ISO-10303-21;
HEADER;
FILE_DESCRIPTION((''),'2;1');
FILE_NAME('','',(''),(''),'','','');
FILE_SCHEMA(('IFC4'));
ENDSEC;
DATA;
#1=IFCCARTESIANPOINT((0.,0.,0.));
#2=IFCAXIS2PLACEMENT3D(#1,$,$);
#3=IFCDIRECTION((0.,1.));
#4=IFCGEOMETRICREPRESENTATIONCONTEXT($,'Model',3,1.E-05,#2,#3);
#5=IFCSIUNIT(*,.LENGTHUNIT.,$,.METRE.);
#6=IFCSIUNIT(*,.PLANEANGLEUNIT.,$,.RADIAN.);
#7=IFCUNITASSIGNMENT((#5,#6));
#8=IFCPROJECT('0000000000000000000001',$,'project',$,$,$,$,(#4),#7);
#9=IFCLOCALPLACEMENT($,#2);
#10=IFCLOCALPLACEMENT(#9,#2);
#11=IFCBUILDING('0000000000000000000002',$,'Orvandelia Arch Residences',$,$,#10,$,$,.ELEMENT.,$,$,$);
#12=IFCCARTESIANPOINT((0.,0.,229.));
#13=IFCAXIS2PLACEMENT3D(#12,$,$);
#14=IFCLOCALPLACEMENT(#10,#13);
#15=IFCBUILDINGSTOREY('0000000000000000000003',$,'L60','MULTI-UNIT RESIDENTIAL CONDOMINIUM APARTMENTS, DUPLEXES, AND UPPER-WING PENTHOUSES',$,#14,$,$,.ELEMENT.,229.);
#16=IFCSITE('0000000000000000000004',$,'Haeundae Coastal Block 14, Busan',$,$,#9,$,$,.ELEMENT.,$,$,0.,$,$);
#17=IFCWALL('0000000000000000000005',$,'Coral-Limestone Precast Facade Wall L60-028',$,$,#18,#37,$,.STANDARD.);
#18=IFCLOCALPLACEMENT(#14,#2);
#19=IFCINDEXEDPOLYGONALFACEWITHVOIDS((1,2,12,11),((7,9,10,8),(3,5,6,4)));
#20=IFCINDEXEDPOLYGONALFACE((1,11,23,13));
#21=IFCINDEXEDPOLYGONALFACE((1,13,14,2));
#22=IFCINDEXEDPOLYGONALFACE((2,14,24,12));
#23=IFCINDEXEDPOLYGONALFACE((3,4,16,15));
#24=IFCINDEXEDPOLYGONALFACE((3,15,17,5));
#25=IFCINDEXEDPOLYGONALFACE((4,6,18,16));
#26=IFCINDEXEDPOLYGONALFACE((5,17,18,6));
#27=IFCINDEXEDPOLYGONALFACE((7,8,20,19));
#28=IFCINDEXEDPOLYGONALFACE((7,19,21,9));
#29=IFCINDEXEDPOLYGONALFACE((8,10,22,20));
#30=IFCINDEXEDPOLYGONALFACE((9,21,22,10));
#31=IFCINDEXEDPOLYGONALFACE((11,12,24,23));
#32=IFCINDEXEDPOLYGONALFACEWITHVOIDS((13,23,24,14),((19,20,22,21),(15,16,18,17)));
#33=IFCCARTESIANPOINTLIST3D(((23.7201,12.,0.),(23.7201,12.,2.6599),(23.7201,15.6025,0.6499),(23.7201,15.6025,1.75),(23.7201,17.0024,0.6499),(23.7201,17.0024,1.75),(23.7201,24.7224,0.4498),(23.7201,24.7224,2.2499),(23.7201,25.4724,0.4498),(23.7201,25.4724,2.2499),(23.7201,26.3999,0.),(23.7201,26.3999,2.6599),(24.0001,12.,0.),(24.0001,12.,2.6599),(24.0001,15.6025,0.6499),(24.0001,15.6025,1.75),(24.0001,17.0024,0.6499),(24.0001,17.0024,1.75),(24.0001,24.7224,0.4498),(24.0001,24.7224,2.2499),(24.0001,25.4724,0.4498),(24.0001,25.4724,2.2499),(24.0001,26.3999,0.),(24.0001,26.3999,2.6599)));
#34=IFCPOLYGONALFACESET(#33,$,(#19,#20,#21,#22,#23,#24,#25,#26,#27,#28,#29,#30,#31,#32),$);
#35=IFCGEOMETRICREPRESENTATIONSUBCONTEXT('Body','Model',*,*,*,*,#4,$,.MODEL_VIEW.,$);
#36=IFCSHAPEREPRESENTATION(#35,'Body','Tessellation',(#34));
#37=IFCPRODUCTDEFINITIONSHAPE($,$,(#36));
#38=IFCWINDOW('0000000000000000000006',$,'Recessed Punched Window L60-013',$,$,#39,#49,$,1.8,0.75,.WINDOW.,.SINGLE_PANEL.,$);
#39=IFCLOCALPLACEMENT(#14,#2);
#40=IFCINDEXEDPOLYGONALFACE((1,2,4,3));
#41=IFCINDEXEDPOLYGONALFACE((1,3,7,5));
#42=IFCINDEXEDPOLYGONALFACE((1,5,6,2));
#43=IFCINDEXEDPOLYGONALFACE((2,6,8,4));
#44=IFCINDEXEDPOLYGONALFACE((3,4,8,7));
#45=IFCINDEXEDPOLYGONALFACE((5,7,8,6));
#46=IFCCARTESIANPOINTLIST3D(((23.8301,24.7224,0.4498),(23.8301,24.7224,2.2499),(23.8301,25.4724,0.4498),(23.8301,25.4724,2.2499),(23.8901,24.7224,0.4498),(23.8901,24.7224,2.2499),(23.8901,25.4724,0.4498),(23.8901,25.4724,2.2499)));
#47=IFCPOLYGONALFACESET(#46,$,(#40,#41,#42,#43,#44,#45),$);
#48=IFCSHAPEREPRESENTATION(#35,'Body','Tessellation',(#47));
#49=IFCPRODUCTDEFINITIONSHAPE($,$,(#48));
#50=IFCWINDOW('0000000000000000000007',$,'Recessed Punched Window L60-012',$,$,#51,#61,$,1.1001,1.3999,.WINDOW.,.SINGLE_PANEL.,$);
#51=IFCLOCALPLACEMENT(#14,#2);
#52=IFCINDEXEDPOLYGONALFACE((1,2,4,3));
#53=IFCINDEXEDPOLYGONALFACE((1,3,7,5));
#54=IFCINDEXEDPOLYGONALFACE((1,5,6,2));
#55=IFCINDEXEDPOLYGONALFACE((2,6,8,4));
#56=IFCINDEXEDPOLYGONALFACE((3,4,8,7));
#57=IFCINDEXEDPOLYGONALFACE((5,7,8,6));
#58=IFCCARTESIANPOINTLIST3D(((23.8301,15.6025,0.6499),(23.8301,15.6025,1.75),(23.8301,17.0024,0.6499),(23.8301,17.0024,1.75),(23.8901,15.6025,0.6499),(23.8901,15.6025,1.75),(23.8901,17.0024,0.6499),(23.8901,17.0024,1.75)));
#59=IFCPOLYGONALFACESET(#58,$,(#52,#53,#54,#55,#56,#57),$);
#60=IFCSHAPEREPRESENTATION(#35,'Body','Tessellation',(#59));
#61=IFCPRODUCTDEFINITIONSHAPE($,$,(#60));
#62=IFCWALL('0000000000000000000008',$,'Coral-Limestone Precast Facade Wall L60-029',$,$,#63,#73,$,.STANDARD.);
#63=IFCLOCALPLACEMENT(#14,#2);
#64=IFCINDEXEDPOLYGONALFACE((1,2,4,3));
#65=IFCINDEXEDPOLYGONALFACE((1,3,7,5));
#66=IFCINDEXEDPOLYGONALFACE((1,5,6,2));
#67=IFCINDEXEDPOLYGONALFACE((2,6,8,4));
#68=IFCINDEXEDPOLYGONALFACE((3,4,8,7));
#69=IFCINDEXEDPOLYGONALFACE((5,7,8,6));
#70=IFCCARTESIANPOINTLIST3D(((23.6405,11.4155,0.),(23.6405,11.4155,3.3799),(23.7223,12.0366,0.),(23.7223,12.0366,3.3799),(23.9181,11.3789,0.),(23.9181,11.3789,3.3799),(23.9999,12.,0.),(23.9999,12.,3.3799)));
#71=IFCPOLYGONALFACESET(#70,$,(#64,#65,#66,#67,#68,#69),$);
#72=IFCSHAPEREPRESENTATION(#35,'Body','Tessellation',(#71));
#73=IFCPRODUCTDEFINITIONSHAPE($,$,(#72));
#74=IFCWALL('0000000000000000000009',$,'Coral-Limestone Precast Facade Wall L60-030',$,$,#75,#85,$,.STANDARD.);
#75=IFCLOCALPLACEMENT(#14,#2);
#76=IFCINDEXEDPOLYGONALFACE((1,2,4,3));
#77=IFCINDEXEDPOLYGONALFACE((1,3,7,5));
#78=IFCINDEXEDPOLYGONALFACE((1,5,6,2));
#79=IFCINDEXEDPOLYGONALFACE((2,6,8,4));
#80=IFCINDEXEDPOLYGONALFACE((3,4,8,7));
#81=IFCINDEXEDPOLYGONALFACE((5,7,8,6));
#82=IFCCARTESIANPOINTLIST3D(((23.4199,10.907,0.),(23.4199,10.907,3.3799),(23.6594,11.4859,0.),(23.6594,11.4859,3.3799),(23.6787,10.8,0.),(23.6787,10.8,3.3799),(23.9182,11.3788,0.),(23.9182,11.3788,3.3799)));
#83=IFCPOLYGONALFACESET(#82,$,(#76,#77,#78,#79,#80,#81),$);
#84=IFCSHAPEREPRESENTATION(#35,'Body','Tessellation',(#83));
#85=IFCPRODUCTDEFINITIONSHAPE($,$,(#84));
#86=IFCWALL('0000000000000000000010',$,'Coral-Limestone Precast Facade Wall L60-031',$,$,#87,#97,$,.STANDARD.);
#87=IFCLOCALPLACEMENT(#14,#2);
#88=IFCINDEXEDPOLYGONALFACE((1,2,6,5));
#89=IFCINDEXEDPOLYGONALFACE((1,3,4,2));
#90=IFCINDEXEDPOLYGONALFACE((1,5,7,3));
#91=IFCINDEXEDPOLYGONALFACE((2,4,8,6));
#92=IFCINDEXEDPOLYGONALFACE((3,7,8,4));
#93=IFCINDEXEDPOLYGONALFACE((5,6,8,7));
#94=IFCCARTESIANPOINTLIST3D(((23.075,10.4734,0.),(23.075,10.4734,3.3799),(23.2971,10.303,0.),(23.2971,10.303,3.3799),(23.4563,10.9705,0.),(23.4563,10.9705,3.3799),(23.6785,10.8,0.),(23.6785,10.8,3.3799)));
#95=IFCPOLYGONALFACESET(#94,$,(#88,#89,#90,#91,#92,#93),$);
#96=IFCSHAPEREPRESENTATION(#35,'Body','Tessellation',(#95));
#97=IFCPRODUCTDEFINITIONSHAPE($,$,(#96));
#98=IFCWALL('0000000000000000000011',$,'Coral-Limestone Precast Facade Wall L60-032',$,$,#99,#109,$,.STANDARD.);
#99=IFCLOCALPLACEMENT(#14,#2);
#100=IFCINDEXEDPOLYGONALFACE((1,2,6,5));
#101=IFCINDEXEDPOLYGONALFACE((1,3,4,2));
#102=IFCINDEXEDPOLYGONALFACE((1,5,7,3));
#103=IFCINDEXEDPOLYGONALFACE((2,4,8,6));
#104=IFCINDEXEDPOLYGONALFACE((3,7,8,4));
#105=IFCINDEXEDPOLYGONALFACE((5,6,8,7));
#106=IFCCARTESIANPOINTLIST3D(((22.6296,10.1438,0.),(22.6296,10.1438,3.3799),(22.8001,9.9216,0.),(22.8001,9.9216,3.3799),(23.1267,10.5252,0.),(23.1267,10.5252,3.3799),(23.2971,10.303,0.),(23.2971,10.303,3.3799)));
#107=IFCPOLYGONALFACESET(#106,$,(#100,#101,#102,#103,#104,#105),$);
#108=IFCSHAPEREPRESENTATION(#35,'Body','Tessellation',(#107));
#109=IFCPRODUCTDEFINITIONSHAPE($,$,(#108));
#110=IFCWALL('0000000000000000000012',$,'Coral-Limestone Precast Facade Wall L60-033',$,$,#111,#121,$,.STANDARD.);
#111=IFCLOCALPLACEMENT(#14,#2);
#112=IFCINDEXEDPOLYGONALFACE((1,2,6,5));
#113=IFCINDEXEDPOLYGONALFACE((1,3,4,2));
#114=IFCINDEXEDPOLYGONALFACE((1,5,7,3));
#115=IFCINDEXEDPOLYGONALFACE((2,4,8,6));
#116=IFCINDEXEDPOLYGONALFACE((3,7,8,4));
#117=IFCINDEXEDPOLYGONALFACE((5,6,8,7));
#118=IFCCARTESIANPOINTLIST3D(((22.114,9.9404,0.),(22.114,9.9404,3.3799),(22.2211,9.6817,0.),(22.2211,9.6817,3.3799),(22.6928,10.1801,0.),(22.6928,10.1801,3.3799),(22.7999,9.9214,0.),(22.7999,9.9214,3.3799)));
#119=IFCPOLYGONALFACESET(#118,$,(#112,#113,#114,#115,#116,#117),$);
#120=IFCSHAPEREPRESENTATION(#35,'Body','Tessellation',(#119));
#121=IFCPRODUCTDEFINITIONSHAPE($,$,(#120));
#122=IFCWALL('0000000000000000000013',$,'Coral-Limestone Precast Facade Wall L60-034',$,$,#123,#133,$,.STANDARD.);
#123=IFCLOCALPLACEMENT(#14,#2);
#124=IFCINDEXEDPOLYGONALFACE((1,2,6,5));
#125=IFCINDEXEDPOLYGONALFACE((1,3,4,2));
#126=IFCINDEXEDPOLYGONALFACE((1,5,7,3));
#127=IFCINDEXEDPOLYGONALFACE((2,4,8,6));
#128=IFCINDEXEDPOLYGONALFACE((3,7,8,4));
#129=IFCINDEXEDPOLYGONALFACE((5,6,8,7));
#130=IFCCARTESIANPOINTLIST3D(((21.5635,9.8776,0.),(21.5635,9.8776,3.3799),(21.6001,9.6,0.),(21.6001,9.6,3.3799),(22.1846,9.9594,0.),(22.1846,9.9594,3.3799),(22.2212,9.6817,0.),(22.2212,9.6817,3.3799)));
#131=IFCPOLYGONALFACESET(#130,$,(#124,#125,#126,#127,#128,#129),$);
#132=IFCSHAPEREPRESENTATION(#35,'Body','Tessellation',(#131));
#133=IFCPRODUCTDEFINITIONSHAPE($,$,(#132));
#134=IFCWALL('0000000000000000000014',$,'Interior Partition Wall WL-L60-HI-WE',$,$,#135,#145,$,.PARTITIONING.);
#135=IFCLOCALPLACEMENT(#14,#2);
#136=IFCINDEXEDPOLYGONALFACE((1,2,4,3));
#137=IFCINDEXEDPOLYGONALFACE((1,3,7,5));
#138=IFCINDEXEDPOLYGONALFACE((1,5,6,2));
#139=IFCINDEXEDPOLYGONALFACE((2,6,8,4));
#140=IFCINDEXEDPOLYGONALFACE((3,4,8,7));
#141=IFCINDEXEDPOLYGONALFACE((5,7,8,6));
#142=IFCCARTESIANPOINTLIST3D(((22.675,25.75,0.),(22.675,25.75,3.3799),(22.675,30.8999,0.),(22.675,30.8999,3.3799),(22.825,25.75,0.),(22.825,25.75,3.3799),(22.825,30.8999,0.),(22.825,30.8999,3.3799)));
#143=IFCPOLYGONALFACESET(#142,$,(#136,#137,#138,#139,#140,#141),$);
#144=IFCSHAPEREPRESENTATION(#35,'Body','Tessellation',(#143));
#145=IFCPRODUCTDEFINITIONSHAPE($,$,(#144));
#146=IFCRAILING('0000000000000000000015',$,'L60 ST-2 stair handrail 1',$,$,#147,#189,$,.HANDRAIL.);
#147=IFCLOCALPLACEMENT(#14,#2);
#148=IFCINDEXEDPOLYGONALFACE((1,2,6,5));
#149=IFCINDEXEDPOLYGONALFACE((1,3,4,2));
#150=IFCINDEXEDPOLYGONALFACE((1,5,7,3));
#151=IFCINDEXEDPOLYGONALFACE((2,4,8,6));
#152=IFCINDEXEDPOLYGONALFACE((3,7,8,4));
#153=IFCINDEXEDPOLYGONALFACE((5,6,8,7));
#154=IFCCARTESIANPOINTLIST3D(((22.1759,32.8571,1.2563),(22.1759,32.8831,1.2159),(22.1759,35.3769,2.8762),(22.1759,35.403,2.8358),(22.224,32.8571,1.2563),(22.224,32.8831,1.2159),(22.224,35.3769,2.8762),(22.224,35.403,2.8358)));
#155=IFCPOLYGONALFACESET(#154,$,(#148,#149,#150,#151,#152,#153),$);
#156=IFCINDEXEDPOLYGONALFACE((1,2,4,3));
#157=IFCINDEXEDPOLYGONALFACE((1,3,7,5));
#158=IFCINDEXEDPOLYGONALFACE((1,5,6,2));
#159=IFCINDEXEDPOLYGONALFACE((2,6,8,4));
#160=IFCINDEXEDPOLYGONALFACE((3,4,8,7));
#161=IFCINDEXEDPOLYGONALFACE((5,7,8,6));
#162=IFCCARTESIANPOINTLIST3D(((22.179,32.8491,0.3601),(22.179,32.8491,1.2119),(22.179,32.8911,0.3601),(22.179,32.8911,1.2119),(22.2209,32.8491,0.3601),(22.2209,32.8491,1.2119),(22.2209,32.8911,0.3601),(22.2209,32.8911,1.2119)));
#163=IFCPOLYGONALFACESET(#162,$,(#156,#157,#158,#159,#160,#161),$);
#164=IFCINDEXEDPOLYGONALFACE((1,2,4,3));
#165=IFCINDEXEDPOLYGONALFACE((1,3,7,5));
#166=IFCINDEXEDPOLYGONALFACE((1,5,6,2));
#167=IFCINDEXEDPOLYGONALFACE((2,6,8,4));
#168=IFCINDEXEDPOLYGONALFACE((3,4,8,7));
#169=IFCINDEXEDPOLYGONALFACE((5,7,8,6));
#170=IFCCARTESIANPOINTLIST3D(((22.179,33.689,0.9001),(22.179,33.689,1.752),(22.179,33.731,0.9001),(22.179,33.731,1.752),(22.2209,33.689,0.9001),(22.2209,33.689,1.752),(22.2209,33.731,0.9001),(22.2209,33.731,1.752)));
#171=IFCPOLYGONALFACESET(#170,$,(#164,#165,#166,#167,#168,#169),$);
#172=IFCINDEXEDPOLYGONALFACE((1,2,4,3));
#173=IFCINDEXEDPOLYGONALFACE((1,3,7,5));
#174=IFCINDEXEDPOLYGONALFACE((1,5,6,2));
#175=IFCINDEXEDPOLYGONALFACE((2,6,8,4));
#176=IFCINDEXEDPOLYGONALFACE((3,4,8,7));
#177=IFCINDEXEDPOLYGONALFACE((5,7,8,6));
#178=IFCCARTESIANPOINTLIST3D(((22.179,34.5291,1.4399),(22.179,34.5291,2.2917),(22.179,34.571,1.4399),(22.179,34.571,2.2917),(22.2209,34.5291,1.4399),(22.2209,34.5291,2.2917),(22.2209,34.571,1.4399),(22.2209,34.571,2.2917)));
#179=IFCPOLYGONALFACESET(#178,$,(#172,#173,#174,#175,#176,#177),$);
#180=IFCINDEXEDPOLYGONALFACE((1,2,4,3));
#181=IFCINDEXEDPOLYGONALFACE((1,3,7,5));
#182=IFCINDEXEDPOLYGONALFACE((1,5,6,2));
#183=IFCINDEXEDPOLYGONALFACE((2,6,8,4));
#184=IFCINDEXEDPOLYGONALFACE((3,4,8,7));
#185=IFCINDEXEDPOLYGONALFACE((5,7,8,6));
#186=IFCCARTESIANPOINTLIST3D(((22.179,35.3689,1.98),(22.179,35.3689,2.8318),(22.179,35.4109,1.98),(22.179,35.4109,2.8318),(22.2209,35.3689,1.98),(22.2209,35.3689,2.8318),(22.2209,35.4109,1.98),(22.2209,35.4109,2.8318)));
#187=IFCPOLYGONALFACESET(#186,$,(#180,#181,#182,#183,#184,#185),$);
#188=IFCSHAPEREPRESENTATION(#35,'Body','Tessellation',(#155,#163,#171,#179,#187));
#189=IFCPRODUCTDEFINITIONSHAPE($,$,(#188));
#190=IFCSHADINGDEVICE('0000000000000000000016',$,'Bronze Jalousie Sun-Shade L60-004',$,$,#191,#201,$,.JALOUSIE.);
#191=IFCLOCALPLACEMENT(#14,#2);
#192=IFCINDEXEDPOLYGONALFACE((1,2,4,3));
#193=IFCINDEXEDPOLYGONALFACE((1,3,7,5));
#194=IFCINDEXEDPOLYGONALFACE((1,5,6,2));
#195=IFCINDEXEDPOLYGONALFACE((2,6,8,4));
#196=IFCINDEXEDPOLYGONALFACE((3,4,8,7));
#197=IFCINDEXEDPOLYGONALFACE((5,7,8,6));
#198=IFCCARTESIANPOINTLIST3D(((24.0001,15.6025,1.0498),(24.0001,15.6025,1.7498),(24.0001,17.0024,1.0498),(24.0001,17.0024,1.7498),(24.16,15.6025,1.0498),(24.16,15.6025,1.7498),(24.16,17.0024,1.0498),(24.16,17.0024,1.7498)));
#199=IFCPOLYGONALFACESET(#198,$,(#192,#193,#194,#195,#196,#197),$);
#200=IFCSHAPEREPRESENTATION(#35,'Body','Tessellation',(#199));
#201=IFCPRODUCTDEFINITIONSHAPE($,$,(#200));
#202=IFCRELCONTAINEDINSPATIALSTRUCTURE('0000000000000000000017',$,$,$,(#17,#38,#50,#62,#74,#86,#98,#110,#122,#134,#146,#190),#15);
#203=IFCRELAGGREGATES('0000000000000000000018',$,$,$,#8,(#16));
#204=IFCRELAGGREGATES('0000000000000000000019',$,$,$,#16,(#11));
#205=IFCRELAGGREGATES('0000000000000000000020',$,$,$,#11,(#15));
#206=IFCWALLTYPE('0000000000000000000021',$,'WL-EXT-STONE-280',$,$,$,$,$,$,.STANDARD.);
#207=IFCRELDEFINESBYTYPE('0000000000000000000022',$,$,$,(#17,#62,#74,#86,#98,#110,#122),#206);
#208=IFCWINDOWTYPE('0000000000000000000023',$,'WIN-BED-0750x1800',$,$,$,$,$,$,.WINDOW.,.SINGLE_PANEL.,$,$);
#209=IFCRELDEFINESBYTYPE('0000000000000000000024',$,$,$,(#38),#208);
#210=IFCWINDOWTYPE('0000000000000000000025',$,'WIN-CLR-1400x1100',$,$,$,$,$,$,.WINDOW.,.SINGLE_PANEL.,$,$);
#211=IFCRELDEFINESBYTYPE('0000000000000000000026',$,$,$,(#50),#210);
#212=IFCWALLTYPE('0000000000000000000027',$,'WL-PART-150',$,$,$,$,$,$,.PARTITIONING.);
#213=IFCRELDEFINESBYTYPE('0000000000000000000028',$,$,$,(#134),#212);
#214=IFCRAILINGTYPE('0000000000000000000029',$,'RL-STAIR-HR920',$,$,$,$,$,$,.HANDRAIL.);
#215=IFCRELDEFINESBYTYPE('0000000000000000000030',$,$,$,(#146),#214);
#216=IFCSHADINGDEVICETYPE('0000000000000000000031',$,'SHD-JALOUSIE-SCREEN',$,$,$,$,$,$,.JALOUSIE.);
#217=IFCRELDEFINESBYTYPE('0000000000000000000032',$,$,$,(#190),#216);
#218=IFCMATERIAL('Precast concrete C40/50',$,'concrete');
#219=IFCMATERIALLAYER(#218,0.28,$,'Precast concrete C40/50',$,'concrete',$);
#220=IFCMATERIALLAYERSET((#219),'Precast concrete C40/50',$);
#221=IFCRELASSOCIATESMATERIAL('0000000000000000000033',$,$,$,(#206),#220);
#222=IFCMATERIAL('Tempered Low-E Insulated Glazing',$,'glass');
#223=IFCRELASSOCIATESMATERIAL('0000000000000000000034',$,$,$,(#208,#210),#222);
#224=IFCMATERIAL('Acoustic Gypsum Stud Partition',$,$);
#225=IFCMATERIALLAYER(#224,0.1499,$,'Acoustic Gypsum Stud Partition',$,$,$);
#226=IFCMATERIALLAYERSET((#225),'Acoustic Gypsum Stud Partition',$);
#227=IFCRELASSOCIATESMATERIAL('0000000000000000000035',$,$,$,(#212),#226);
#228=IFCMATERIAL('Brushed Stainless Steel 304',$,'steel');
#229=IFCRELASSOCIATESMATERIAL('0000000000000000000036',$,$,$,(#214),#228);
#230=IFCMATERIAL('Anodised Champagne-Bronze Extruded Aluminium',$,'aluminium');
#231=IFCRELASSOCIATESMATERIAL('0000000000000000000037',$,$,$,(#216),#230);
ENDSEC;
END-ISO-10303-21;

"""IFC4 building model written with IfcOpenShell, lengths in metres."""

from ifc_helpers import new_model, si_unit, direction, frame, frame_2d, origin, origin_2d, place, context, subcontext, project, spatial, rectangle, extrude, material, layer, layer_set, type_object, element, fill, save


model = new_model("IFC4")

# Units and contexts
model_context = context("Model", 3, precision=1e-05, world=origin(), true_north=direction((0.0, 1.0)))
body_context = subcontext(model_context, "Body", "Model", "MODEL_VIEW")
ifc_project = project(units=[si_unit("LENGTHUNIT", "METRE"), si_unit("PLANEANGLEUNIT", "RADIAN")], contexts=[model_context])

# Site, building, storey
site_placement = place(None, origin())
site = spatial("IfcSite", under=ifc_project, at=site_placement, Name="Haeundae Coastal Block 14, Busan", CompositionType="ELEMENT", RefElevation=0.0)
building_placement = place(site_placement, origin())
building = spatial("IfcBuilding", under=site, at=building_placement, Name="Orvandelia Arch Residences", CompositionType="ELEMENT")
storey_placement = place(building_placement, frame((0.0, 0.0, 229.0)))
storey = spatial("IfcBuildingStorey", under=building, at=storey_placement, Name="L60", Description="MULTI-UNIT RESIDENTIAL CONDOMINIUM APARTMENTS, DUPLEXES, AND UPPER-WING PENTHOUSES", CompositionType="ELEMENT", Elevation=229.0)

# Shared definitions
ifc_material_1 = material(Name="Precast concrete C40/50", Category="concrete")
ifc_layer_1 = layer(ifc_material_1, 0.28, Name="Precast concrete C40/50", Category="concrete")
ifc_layer_set_1 = layer_set([ifc_layer_1], Name="Precast concrete C40/50")
wall_type_1 = type_object("IfcWallType", Name="WL-EXT-STONE-280", PredefinedType="STANDARD", material=ifc_layer_set_1)

# Wall, openings, windows
wall_1_placement = place(storey_placement, frame((23.8601, 26.3999, 0.0), z_axis=(0.0, 0.0, 1.0), x_axis=(0.0, -1.0, 0.0)))
wall_1 = element("IfcWall", 1, at=wall_1_placement, inside=storey, type_object=wall_type_1, Name="Coral-Limestone Precast Facade Wall L60-028", PredefinedType="STANDARD", context=body_context, shape_type="SweptSolid", body=[
    extrude(rectangle(XDim=14.3999, YDim=0.28, at=frame_2d((7.2, 0.0))), origin(), (0.0, 0.0, 1.0), 2.6599),
])
opening_1_placement = place(wall_1_placement, frame((9.3975, 0.0, 0.6499)))
opening_1 = element("IfcOpeningElement", 2, at=opening_1_placement, cuts=wall_1, PredefinedType="OPENING", context=body_context, shape_type="SweptSolid", body=[
    extrude(rectangle(XDim=1.3999, YDim=1.1001, at=frame_2d((0.7, 0.55))), frame((0.0, 0.1499, 0.0), z_axis=(0.0, -1.0, 0.0), x_axis=(1.0, 0.0, 0.0)), (0.0, 0.0, 1.0), 0.3),
])
opening_2_placement = place(wall_1_placement, frame((0.9275, 0.0, 0.45)))
opening_2 = element("IfcOpeningElement", 3, at=opening_2_placement, cuts=wall_1, PredefinedType="OPENING", context=body_context, shape_type="SweptSolid", body=[
    extrude(rectangle(XDim=0.75, YDim=1.8, at=frame_2d((0.375, 0.8999))), frame((0.0, 0.1499, 0.0), z_axis=(0.0, -1.0, 0.0), x_axis=(1.0, 0.0, 0.0)), (0.0, 0.0, 1.0), 0.3),
])
ifc_material_2 = material(Name="Tempered Low-E Insulated Glazing", Category="glass")
window_type_1 = type_object("IfcWindowType", Name="WIN-BED-0750x1800", PartitioningType="SINGLE_PANEL", PredefinedType="WINDOW", material=ifc_material_2)
window_1_placement = place(opening_2_placement, origin())
window_1 = element("IfcWindow", 4, at=window_1_placement, inside=storey, type_object=window_type_1, Name="Recessed Punched Window L60-013", OverallHeight=1.8, OverallWidth=0.75, PartitioningType="SINGLE_PANEL", PredefinedType="WINDOW", context=body_context, shape_type="SweptSolid", body=[
    extrude(rectangle(XDim=0.75, YDim=1.8, at=frame_2d((0.375, 0.8999))), frame((0.0, 0.03, 0.0), z_axis=(0.0, -1.0, 0.0), x_axis=(1.0, 0.0, 0.0)), (0.0, 0.0, 1.0), 0.0601),
])
fill(opening_2, window_1)
window_type_2 = type_object("IfcWindowType", Name="WIN-CLR-1400x1100", PartitioningType="SINGLE_PANEL", PredefinedType="WINDOW", material=ifc_material_2)
window_2_placement = place(opening_1_placement, origin())
window_2 = element("IfcWindow", 5, at=window_2_placement, inside=storey, type_object=window_type_2, Name="Recessed Punched Window L60-012", OverallHeight=1.1001, OverallWidth=1.3999, PartitioningType="SINGLE_PANEL", PredefinedType="WINDOW", context=body_context, shape_type="SweptSolid", body=[
    extrude(rectangle(XDim=1.3999, YDim=1.1001, at=frame_2d((0.7, 0.55))), frame((0.0, 0.03, 0.0), z_axis=(0.0, -1.0, 0.0), x_axis=(1.0, 0.0, 0.0)), (0.0, 0.0, 1.0), 0.0601),
])
fill(opening_1, window_2)

# Walls
for number, where, z_axis, x_axis, name in (
    (6, (23.8611, 12.0183, 0.0), (0.0, 0.0, 1.0), (-0.130555, -0.991441, 0.0), "Coral-Limestone Precast Facade Wall L60-029"),
    (7, (23.7888, 11.4324, 0.0), (0.0, 0.0, 1.0), (-0.382317, -0.924031, 0.0), "Coral-Limestone Precast Facade Wall L60-030"),
    (8, (23.5674, 10.8853, 0.0), (0.0, 0.0, 1.0), (-0.608693, -0.793406, 0.0), "Coral-Limestone Precast Facade Wall L60-031"),
    (9, (23.2119, 10.4141, 0.0), (0.0, 0.0, 1.0), (-0.793406, -0.608693, 0.0), "Coral-Limestone Precast Facade Wall L60-032"),
    (10, (22.7463, 10.0508, 0.0), (0.0, 0.0, 1.0), (-0.923893, -0.38265, 0.0), "Coral-Limestone Precast Facade Wall L60-033"),
    (11, (22.2029, 9.8206, 0.0), (0.0, 0.0, 1.0), (-0.991441, -0.130555, 0.0), "Coral-Limestone Precast Facade Wall L60-034"),
):
    element("IfcWall", number, at=place(storey_placement, frame(where, z_axis=z_axis, x_axis=x_axis)), inside=storey, type_object=wall_type_1, Name=name, PredefinedType="STANDARD", context=body_context, shape_type="SweptSolid", body=[
        extrude(rectangle(XDim=0.6265, YDim=0.28, at=frame_2d((0.3132, 0.0))), origin(), (0.0, 0.0, 1.0), 3.3799),
    ])
ifc_material_3 = material(Name="Acoustic Gypsum Stud Partition")
ifc_layer_2 = layer(ifc_material_3, 0.1499, Name="Acoustic Gypsum Stud Partition")
ifc_layer_set_2 = layer_set([ifc_layer_2], Name="Acoustic Gypsum Stud Partition")
wall_type_2 = type_object("IfcWallType", Name="WL-PART-150", PredefinedType="PARTITIONING", material=ifc_layer_set_2)
wall_2_placement = place(storey_placement, frame((22.75, 25.75, 0.0), z_axis=(0.0, 0.0, 1.0), x_axis=(0.0, 1.0, 0.0)))
element("IfcWall", 12, at=wall_2_placement, inside=storey, type_object=wall_type_2, Name="Interior Partition Wall WL-L60-HI-WE", PredefinedType="PARTITIONING", context=body_context, shape_type="SweptSolid", body=[
    extrude(rectangle(XDim=5.1499, YDim=0.1499, at=frame_2d((2.575, 0.0))), origin(), (0.0, 0.0, 1.0), 3.3799),
])

# Railing
ifc_material_4 = material(Name="Brushed Stainless Steel 304", Category="steel")
railing_type = type_object("IfcRailingType", Name="RL-STAIR-HR920", PredefinedType="HANDRAIL", material=ifc_material_4)
railing_placement = place(storey_placement, frame((22.2, 32.8701, 0.3601)))
element("IfcRailing", 13, at=railing_placement, inside=storey, type_object=railing_type, Name="L60 ST-2 stair handrail 1", PredefinedType="HANDRAIL", context=body_context, shape_type="SweptSolid", body=[
    extrude(rectangle(XDim=0.0481, YDim=0.0481, at=origin_2d()), frame((0.0, 0.0, 0.876), z_axis=(0.0, 0.841176, 0.540762), x_axis=(-1.0, 0.0, 0.0)), (0.0, 0.0, 1.0), 2.9956),
    extrude(rectangle(XDim=0.042, YDim=0.042, at=origin_2d()), origin(), (0.0, 0.0, 1.0), 0.8518),
    extrude(rectangle(XDim=0.042, YDim=0.042, at=origin_2d()), frame((0.0, 0.8398, 0.54)), (0.0, 0.0, 1.0), 0.8518),
    extrude(rectangle(XDim=0.042, YDim=0.042, at=origin_2d()), frame((0.0, 1.6799, 1.0798)), (0.0, 0.0, 1.0), 0.8518),
    extrude(rectangle(XDim=0.042, YDim=0.042, at=origin_2d()), frame((0.0, 2.5198, 1.6199)), (0.0, 0.0, 1.0), 0.8518),
])

# Shading device
ifc_material_5 = material(Name="Anodised Champagne-Bronze Extruded Aluminium", Category="aluminium")
shading_device_type = type_object("IfcShadingDeviceType", Name="SHD-JALOUSIE-SCREEN", PredefinedType="JALOUSIE", material=ifc_material_5)
shading_device_placement = place(storey_placement, frame((24.0801, 16.3025, 1.0498), z_axis=(0.0, 0.0, 1.0), x_axis=(0.0, -1.0, 0.0)))
element("IfcShadingDevice", 14, at=shading_device_placement, inside=storey, type_object=shading_device_type, Name="Bronze Jalousie Sun-Shade L60-004", PredefinedType="JALOUSIE", context=body_context, shape_type="SweptSolid", body=[
    extrude(rectangle(XDim=1.3999, YDim=0.1599, at=origin_2d()), origin(), (0.0, 0.0, 1.0), 0.7),
])

save(model, "model.ifc")
